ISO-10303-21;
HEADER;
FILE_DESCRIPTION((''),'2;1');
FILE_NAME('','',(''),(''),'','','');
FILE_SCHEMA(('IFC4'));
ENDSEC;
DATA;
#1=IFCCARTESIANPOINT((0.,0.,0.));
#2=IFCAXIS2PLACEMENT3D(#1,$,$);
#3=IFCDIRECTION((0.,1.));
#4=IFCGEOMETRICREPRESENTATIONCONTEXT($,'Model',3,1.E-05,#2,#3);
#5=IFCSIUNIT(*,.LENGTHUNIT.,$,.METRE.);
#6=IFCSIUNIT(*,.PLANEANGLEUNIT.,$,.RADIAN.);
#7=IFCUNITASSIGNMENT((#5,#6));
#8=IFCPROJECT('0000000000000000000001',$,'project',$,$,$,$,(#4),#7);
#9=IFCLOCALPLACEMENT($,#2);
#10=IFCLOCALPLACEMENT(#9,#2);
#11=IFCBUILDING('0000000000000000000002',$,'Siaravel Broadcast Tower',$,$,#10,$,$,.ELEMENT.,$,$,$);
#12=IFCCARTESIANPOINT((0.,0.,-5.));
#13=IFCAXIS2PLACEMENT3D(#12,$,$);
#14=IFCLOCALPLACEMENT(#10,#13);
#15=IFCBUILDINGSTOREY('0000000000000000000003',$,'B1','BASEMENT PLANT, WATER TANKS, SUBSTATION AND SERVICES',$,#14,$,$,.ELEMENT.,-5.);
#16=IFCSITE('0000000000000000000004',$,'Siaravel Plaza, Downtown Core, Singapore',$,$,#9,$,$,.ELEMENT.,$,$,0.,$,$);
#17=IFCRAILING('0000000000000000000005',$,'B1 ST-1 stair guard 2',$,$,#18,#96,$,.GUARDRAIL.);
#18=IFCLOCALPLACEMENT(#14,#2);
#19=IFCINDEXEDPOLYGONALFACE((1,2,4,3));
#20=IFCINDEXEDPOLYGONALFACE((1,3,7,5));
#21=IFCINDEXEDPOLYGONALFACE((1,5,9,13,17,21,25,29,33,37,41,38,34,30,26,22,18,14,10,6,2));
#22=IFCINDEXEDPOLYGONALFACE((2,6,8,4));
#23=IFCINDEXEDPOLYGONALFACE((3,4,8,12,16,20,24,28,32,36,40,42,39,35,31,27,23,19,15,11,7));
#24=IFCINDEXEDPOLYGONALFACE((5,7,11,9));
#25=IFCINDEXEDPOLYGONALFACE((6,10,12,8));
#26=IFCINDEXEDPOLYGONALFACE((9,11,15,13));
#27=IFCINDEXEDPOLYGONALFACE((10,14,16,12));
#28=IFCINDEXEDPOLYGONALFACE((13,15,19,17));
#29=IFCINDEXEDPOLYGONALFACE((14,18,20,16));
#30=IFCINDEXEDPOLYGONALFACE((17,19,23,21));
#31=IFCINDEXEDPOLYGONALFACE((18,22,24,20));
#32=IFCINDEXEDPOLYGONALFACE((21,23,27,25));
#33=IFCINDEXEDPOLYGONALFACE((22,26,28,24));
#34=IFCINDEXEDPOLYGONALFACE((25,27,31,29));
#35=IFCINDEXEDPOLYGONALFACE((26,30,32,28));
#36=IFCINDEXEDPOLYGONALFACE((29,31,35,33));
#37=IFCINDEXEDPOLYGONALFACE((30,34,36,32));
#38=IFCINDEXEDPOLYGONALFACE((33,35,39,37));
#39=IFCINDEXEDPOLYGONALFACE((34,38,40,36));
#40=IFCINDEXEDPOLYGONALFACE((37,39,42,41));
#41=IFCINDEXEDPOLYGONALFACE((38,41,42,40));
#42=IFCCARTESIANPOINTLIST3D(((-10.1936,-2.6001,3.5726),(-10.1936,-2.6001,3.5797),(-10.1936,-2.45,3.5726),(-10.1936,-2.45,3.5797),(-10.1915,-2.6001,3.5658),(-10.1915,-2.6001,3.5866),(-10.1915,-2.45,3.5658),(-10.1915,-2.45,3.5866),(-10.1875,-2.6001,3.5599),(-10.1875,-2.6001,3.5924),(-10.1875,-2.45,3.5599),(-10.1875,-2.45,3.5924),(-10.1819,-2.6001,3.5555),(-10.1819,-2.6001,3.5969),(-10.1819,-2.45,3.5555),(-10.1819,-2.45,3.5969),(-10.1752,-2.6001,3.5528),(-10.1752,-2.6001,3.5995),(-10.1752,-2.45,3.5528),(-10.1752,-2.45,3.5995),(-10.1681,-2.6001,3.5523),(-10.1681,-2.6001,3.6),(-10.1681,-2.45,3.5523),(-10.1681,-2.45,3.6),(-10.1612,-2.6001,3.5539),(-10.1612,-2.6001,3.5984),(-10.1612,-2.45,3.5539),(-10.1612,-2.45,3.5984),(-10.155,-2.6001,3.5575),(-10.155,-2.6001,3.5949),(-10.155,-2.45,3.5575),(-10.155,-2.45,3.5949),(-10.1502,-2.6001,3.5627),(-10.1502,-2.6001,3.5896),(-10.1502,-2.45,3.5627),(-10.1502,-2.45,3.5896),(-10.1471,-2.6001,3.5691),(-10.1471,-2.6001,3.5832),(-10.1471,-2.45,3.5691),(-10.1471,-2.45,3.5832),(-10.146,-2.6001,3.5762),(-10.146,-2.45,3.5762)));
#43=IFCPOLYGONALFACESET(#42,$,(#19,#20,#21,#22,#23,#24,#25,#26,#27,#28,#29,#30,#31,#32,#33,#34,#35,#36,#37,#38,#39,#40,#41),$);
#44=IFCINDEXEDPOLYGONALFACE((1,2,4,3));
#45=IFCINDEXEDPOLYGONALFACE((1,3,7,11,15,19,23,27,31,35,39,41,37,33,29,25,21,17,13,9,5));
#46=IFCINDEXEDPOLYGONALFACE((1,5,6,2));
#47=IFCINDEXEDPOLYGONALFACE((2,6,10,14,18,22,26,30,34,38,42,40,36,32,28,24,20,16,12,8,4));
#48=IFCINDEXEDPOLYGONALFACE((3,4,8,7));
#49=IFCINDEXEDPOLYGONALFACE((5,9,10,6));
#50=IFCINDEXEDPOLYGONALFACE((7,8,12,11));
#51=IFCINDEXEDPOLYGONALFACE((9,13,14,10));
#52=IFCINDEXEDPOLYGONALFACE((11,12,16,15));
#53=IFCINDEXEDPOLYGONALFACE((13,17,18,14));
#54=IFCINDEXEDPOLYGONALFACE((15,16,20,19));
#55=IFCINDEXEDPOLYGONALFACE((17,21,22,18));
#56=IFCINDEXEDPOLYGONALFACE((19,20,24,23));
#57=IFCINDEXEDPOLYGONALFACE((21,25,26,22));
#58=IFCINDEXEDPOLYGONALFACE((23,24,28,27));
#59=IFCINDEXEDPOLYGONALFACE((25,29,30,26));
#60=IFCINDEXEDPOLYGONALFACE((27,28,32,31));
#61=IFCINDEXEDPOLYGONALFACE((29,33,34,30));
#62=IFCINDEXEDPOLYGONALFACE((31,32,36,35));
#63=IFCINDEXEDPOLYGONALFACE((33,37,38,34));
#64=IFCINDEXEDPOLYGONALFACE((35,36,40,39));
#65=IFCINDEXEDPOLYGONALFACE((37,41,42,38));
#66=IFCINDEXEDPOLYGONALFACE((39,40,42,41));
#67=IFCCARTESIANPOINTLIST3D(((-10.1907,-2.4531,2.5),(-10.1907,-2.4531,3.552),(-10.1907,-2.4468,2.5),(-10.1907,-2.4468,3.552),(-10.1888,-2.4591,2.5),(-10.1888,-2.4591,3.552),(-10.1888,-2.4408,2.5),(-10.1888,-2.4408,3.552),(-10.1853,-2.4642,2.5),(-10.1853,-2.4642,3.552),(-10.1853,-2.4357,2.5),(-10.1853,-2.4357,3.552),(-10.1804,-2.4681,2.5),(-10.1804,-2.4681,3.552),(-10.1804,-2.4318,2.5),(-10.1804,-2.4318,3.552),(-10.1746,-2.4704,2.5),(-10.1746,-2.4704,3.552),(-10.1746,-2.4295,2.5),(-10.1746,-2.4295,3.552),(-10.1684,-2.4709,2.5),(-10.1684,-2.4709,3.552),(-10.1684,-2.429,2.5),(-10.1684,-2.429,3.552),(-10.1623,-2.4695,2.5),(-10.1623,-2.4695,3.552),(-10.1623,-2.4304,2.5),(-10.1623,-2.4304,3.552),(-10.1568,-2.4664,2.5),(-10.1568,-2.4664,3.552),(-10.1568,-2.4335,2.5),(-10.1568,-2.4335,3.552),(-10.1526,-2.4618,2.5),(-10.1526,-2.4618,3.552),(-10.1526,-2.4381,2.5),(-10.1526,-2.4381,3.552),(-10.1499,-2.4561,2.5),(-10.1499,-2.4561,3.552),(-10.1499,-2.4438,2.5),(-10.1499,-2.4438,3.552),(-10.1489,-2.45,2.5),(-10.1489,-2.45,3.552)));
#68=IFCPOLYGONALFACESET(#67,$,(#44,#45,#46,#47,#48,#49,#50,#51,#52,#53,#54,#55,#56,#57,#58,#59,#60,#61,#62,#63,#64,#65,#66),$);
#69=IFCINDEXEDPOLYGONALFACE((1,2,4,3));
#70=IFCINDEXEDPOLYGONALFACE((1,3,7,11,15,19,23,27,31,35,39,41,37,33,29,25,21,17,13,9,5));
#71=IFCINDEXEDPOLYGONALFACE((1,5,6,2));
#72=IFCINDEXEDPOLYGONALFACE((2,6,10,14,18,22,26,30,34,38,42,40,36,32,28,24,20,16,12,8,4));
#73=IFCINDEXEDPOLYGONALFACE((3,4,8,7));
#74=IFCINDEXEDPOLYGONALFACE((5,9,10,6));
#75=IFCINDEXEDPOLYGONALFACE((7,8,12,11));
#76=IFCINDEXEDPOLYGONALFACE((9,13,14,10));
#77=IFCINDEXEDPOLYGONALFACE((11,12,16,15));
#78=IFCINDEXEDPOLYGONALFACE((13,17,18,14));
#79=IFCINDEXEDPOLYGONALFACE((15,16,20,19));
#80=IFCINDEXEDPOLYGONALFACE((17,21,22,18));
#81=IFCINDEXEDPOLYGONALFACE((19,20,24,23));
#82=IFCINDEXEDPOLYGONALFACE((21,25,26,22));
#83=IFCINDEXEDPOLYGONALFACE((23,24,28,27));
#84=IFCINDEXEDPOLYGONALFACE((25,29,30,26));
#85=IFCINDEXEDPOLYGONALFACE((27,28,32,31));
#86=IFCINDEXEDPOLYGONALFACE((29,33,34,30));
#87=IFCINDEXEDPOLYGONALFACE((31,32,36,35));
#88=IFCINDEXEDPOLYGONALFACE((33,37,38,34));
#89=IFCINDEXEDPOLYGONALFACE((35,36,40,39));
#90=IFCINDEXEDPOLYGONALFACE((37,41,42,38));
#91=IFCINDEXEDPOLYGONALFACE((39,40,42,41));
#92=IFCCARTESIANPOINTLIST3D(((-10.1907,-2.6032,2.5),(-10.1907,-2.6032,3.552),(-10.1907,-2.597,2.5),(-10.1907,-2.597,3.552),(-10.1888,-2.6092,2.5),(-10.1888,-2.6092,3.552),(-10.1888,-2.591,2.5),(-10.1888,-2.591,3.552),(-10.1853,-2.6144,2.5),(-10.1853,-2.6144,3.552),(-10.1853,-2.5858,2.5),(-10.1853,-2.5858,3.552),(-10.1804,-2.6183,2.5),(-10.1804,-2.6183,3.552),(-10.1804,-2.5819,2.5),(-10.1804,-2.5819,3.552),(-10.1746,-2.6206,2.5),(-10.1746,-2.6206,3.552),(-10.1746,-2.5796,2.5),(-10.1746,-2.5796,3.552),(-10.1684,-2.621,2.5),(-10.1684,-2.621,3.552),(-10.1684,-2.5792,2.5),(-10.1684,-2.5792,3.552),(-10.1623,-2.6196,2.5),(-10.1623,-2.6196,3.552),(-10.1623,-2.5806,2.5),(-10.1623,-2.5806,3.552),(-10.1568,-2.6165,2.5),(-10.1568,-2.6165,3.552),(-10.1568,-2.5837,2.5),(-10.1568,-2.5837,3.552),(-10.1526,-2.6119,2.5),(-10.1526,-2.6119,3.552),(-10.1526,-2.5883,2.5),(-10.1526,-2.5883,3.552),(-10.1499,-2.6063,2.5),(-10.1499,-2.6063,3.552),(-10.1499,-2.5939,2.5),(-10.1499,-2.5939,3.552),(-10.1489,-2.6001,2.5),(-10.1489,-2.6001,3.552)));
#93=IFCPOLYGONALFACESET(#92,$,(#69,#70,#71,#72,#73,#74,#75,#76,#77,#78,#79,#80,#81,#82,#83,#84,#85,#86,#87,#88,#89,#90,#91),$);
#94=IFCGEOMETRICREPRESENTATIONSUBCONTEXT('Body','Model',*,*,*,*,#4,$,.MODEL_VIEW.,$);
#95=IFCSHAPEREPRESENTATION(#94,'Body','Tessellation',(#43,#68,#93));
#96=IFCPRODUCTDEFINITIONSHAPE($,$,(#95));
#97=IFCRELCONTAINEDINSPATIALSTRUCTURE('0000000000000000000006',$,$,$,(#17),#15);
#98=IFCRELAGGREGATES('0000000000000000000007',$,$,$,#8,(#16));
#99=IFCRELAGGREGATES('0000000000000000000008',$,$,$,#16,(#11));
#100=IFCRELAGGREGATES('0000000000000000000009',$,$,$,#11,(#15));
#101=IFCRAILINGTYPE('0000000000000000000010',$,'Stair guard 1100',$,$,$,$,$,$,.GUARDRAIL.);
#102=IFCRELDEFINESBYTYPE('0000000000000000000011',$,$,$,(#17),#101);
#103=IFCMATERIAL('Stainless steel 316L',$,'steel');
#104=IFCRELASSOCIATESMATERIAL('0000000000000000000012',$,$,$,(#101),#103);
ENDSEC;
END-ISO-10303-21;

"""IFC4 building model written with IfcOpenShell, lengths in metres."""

from ifc_helpers import new_model, si_unit, direction, frame, origin, origin_2d, place, context, subcontext, project, spatial, circle, extrude, material, type_object, element, save


model = new_model("IFC4")

# Units and contexts
model_context = context("Model", 3, precision=1e-05, world=origin(), true_north=direction((0.0, 1.0)))
body_context = subcontext(model_context, "Body", "Model", "MODEL_VIEW")
ifc_project = project(units=[si_unit("LENGTHUNIT", "METRE"), si_unit("PLANEANGLEUNIT", "RADIAN")], contexts=[model_context])

# Site, building, storey
site_placement = place(None, origin())
site = spatial("IfcSite", under=ifc_project, at=site_placement, Name="Siaravel Plaza, Downtown Core, Singapore", CompositionType="ELEMENT", RefElevation=0.0)
building_placement = place(site_placement, origin())
building = spatial("IfcBuilding", under=site, at=building_placement, Name="Siaravel Broadcast Tower", CompositionType="ELEMENT")
storey_placement = place(building_placement, frame((0.0, 0.0, -5.0)))
storey = spatial("IfcBuildingStorey", under=building, at=storey_placement, Name="B1", Description="BASEMENT PLANT, WATER TANKS, SUBSTATION AND SERVICES", CompositionType="ELEMENT", Elevation=-5.0)

# Railing
ifc_material_1 = material(Name="Stainless steel 316L", Category="steel")
railing_type_1 = type_object("IfcRailingType", Name="Stair guard 1100", PredefinedType="GUARDRAIL", material=ifc_material_1)
railing_1_placement = place(storey_placement, frame((-10.1699, -2.45, 2.5)))
element("IfcRailing", 1, at=railing_1_placement, inside=storey, type_object=railing_type_1, Name="B1 ST-1 stair guard 2", PredefinedType="GUARDRAIL", context=body_context, shape_type="SweptSolid", body=[
    extrude(circle(Radius=0.0239, at=origin_2d()), frame((0.0, 0.0, 1.0762), z_axis=(0.0, -1.0, 0.0), x_axis=(1.0, 0.0, 0.0)), (0.0, 0.0, 1.0), 0.1501),
    extrude(circle(Radius=0.021, at=origin_2d()), origin(), (0.0, 0.0, 1.0), 1.052),
    extrude(circle(Radius=0.021, at=origin_2d()), frame((0.0, -0.1501, 0.0)), (0.0, 0.0, 1.0), 1.052),
])

save(model, "model.ifc")
